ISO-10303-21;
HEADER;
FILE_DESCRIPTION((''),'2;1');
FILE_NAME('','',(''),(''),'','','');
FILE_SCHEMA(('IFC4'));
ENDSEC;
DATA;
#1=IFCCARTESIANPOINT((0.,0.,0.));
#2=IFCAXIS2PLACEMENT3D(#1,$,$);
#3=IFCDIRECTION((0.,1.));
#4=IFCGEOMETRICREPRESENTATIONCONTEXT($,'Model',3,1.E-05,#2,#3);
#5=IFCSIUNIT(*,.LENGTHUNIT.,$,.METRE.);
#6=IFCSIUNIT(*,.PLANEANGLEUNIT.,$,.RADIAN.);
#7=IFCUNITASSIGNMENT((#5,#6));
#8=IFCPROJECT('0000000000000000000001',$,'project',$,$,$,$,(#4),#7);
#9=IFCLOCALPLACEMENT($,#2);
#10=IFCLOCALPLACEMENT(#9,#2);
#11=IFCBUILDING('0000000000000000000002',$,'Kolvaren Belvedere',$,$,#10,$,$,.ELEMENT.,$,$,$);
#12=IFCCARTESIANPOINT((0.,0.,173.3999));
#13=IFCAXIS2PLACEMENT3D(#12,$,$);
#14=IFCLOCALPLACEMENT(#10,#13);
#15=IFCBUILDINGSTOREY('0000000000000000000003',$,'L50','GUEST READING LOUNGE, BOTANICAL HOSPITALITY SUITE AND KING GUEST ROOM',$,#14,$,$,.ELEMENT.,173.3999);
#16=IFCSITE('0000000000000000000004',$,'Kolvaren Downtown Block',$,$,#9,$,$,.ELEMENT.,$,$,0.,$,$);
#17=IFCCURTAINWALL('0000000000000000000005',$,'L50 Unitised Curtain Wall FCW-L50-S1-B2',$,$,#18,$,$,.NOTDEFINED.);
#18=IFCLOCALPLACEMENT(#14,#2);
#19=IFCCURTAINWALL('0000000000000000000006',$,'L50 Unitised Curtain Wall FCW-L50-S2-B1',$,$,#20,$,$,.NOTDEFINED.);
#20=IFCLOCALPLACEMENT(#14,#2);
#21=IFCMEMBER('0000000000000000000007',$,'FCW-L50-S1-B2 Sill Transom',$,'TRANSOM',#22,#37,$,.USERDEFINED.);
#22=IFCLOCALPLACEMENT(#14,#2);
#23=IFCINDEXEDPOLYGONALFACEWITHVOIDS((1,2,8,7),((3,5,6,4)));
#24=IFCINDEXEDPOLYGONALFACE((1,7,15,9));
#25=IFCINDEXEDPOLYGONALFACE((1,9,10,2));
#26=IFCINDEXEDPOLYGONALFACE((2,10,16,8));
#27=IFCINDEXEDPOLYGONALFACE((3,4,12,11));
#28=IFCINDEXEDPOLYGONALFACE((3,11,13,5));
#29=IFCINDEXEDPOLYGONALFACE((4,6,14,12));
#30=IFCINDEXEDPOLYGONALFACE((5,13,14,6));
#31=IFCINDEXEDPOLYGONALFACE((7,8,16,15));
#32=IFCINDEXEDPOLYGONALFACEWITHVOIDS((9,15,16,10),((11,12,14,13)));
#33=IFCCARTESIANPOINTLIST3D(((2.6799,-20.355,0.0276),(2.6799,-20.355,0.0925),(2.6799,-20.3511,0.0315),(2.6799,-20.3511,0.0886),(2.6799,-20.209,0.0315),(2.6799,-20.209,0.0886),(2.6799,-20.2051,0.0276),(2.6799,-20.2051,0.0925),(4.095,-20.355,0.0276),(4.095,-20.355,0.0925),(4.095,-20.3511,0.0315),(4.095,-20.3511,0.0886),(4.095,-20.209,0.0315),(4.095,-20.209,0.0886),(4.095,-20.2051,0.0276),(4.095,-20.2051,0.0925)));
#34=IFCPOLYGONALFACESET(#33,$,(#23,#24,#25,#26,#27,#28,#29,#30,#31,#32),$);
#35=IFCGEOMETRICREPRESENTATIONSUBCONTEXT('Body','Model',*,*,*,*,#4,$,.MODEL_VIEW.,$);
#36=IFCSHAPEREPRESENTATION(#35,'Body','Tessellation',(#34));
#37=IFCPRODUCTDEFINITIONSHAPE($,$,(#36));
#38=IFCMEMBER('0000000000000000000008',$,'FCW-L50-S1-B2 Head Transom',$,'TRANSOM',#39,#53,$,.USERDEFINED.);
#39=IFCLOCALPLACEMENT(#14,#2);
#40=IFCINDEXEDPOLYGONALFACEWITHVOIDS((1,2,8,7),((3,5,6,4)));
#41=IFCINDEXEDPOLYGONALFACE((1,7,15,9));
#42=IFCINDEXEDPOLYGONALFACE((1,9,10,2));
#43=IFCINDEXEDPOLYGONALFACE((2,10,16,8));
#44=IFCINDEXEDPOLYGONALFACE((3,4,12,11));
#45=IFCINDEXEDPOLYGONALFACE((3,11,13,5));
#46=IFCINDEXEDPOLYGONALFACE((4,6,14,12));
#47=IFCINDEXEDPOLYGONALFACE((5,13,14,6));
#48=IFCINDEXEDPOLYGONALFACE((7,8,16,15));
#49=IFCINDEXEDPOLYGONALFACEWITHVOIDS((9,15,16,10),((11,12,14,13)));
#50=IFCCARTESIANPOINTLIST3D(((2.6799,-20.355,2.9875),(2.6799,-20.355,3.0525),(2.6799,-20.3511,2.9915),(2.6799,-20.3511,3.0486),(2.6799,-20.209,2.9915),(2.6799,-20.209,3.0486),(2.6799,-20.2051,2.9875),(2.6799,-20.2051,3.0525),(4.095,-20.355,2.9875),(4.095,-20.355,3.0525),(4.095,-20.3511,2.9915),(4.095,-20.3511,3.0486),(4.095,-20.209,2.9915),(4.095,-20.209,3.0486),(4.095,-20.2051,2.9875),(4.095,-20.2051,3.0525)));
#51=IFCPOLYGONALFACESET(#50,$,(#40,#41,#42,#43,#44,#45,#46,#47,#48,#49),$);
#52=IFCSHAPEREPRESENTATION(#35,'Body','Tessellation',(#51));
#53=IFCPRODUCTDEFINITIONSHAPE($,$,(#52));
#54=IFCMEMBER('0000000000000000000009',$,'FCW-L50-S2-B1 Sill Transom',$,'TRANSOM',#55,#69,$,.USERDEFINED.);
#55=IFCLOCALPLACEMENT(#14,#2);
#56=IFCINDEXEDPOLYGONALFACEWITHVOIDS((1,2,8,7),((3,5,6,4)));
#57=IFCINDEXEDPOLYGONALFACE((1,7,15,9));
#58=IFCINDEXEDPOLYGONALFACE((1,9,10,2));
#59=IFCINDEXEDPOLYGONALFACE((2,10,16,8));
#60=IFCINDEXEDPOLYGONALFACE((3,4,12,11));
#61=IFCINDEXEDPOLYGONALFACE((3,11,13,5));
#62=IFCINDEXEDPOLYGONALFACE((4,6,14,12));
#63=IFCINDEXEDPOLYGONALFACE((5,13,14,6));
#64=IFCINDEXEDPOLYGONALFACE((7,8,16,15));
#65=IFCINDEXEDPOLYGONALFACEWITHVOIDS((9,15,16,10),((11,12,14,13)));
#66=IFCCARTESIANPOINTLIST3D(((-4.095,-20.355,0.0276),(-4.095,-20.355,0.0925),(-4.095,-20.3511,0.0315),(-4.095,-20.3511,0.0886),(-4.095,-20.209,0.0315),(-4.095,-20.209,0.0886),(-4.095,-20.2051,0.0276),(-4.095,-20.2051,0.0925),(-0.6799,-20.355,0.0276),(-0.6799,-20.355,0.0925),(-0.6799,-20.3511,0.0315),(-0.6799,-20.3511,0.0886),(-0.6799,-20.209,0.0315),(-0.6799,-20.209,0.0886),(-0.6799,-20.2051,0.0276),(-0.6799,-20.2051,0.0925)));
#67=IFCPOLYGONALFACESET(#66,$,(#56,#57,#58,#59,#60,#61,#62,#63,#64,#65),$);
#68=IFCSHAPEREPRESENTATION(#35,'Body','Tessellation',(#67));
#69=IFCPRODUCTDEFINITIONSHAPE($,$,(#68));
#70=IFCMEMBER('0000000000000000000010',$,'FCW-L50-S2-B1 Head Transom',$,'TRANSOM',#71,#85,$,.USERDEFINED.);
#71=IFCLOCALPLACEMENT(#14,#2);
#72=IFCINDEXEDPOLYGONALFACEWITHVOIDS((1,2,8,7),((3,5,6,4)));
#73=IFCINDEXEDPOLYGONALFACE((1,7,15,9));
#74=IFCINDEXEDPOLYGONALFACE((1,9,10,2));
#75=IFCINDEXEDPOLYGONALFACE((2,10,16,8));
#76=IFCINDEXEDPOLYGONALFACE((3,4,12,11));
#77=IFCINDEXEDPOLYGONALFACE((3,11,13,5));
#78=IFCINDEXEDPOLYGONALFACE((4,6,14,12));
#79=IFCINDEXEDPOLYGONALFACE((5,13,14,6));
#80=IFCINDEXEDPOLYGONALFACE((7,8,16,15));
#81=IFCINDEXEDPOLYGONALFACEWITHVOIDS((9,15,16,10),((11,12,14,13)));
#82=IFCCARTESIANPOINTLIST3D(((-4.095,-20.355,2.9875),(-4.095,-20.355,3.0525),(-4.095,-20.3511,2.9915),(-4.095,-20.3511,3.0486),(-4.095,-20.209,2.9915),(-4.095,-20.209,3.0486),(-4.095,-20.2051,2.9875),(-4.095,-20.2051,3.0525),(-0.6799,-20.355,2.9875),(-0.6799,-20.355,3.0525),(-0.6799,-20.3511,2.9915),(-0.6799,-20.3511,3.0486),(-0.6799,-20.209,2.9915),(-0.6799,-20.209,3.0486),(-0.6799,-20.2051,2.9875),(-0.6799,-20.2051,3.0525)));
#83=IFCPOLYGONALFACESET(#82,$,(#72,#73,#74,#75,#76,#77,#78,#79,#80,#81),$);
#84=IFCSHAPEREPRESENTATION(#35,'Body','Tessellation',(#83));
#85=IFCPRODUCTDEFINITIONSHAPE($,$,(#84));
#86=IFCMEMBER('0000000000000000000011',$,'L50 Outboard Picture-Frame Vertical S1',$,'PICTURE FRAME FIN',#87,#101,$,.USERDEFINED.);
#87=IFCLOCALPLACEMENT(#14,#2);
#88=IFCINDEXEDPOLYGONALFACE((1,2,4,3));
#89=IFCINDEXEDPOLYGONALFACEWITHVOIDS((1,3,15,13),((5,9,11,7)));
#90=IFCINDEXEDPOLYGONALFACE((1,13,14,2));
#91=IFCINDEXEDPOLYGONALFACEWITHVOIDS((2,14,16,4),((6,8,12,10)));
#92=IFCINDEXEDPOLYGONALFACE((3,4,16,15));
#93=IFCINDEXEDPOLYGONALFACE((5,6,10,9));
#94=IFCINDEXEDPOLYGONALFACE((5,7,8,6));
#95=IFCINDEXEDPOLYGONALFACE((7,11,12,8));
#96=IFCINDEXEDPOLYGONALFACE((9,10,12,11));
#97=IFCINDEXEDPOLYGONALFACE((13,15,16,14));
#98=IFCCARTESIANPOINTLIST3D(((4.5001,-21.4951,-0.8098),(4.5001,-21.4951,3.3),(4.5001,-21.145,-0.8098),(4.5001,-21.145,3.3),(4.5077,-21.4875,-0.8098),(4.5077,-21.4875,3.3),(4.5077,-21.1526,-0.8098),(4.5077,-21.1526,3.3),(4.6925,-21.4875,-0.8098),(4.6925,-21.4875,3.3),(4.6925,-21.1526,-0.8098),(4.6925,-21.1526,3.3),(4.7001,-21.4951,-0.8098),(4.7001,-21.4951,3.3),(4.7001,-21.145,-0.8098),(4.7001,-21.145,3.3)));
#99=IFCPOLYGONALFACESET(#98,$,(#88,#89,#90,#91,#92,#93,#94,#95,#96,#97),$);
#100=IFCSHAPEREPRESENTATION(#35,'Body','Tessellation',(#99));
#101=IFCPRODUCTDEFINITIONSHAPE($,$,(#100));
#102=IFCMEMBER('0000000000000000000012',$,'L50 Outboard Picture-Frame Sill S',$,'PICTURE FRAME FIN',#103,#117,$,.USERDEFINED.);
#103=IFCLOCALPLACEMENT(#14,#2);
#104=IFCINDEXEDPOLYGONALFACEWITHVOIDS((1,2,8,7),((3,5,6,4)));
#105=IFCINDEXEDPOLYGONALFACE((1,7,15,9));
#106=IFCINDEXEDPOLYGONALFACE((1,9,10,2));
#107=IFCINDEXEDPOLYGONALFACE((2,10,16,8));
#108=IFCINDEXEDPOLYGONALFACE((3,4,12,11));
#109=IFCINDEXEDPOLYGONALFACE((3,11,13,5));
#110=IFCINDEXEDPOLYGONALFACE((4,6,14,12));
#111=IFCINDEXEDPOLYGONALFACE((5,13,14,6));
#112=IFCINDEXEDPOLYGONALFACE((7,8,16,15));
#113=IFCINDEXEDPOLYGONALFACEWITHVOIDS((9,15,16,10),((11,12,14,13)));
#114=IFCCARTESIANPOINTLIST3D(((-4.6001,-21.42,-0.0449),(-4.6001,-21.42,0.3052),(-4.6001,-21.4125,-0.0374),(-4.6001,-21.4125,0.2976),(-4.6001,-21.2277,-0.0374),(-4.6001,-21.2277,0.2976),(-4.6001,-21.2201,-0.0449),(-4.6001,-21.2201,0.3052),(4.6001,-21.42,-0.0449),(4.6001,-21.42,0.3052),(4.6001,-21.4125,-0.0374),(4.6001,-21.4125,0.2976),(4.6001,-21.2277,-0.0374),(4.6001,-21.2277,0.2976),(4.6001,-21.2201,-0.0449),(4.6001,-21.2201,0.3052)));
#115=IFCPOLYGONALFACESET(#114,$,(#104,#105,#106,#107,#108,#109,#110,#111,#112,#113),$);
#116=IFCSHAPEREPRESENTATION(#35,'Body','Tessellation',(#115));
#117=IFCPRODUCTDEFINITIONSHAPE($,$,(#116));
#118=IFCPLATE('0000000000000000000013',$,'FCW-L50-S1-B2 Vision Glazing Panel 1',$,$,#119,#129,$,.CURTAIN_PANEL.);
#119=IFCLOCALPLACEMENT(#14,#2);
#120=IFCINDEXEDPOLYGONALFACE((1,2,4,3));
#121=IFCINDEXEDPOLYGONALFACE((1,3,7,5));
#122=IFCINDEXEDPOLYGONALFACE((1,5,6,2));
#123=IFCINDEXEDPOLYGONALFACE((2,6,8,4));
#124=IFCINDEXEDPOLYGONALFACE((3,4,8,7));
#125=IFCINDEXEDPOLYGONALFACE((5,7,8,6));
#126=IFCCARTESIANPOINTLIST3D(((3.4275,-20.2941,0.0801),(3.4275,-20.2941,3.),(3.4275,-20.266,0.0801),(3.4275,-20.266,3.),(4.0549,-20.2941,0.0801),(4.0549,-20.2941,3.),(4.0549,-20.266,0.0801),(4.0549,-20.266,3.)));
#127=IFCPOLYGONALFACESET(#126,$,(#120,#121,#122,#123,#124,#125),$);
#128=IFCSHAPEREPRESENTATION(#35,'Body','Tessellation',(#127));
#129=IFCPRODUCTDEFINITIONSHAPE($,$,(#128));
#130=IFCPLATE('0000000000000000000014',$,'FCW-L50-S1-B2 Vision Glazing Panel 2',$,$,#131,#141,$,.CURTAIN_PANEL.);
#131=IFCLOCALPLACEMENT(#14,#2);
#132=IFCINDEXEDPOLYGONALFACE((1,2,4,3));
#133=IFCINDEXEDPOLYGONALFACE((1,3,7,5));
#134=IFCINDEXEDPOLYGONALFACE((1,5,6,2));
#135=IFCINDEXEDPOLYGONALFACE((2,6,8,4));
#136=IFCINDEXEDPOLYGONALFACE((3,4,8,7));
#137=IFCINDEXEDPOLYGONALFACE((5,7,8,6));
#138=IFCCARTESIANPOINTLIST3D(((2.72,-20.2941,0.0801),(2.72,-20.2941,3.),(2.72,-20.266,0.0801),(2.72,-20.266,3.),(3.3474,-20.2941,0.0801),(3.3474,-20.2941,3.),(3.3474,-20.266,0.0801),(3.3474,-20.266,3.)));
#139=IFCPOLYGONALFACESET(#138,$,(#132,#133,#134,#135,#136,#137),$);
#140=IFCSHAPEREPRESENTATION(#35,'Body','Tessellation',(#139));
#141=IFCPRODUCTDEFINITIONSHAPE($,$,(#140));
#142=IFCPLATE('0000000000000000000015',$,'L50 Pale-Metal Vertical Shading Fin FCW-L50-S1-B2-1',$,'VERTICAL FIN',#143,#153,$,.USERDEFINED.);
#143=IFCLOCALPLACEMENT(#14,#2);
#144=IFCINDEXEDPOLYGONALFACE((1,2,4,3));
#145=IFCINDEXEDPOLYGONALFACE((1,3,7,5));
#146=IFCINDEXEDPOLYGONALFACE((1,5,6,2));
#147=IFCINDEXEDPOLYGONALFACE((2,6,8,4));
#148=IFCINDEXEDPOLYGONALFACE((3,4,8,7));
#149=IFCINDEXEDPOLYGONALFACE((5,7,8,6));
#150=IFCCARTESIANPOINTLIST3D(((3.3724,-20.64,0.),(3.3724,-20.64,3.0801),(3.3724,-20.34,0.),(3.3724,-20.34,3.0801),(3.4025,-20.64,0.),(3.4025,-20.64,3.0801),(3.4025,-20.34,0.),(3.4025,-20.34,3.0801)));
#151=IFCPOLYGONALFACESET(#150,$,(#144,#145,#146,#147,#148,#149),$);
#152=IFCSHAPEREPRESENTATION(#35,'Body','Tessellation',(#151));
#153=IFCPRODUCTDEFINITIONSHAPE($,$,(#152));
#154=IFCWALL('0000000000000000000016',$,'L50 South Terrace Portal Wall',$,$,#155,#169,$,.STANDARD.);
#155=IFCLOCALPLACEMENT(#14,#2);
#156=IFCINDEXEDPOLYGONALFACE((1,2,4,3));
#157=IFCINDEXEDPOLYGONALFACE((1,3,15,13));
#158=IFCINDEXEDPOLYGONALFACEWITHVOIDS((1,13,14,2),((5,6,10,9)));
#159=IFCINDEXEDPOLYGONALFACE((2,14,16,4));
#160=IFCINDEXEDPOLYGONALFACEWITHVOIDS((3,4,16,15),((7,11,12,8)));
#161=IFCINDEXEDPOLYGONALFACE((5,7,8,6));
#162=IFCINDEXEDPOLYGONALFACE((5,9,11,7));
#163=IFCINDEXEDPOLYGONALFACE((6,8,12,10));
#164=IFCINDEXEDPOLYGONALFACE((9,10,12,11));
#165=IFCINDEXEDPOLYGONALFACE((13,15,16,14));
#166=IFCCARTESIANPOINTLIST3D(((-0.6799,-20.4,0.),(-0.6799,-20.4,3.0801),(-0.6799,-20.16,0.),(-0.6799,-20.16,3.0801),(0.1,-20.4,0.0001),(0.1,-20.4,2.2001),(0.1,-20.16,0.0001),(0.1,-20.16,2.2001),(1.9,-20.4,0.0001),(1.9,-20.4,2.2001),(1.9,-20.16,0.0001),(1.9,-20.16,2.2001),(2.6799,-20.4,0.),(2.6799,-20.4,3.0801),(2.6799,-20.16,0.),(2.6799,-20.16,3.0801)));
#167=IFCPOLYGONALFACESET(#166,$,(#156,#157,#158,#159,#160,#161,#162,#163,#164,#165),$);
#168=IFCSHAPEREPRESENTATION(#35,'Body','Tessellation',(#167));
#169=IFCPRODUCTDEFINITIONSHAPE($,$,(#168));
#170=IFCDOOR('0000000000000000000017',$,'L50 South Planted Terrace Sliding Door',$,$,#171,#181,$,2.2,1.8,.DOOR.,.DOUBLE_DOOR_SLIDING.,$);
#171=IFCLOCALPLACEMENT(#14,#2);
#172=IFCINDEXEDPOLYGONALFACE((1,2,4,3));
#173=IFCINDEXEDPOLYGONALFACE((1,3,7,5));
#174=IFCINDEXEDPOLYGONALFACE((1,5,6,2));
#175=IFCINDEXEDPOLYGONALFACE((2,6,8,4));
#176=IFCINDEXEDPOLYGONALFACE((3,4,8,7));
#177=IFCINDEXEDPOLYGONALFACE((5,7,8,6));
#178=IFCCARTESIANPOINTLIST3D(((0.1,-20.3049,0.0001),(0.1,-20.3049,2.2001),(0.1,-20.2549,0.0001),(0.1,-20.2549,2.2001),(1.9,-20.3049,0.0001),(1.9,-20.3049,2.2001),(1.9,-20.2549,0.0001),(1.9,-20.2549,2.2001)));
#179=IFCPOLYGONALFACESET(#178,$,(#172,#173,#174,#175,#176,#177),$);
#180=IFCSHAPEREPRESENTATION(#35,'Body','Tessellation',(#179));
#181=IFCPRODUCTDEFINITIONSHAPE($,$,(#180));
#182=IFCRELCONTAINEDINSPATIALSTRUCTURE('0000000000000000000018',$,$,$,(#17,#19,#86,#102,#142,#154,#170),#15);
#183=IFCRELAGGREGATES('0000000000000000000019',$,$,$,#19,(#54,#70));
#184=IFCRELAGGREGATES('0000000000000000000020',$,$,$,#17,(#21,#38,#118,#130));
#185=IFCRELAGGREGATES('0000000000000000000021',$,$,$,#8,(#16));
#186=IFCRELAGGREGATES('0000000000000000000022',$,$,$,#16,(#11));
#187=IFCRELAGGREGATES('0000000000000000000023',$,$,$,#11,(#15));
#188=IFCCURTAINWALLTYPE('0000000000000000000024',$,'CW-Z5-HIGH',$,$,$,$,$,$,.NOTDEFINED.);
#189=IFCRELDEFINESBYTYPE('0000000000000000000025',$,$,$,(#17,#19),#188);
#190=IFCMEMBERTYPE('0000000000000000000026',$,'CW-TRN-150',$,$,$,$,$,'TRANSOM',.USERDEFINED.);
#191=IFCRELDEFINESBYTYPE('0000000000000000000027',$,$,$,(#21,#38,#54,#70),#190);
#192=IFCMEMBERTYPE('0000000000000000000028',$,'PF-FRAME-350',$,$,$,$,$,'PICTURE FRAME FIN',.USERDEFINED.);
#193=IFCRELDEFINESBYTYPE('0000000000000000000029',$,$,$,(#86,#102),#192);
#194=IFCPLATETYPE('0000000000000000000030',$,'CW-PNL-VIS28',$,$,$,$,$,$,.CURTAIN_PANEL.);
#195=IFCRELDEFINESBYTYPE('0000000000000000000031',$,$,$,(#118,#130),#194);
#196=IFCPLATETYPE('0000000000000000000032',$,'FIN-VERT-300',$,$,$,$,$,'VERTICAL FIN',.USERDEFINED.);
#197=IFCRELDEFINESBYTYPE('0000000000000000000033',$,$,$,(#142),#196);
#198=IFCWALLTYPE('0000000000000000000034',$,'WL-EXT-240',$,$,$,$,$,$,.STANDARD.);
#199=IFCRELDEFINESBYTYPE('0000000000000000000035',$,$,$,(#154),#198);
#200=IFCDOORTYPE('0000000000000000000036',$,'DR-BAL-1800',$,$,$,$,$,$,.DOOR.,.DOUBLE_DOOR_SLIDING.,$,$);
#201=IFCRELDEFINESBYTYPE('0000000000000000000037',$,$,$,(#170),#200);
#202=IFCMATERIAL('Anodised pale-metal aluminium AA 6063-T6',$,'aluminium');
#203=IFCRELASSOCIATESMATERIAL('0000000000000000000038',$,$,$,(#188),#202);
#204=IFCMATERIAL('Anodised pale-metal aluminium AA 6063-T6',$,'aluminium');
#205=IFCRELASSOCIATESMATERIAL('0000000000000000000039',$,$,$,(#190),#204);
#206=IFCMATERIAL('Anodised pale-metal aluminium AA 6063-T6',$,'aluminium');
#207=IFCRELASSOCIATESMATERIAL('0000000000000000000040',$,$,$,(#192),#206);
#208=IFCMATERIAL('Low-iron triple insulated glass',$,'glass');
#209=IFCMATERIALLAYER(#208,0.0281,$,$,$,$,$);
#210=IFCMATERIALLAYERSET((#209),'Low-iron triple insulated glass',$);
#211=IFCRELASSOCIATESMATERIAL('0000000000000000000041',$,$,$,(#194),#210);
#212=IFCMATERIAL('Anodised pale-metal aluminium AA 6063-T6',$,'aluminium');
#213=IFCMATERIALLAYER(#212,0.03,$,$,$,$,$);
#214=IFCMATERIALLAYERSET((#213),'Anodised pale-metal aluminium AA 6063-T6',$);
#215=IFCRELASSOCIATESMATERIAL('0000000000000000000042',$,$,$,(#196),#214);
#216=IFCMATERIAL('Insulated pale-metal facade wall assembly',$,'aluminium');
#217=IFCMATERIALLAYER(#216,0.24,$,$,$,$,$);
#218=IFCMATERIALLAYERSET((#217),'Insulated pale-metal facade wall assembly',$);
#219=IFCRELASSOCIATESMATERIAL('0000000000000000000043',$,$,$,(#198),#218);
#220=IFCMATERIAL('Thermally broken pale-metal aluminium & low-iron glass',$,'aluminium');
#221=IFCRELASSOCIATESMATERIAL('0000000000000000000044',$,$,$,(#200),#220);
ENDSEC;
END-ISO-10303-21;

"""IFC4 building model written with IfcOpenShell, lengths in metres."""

from ifc_helpers import new_model, si_unit, direction, frame, frame_2d, origin, origin_2d, place, context, subcontext, project, spatial, rectangle, hollow_rectangle, extrude, material, layer, layer_set, material_profile, profile_set, type_object, element, fill, aggregate, save


model = new_model("IFC4")

# Units and contexts
model_context = context("Model", 3, precision=1e-05, world=origin(), true_north=direction((0.0, 1.0)))
body_context = subcontext(model_context, "Body", "Model", "MODEL_VIEW")
ifc_project = project(units=[si_unit("LENGTHUNIT", "METRE"), si_unit("PLANEANGLEUNIT", "RADIAN")], contexts=[model_context])

# Site, building, storey
site_placement = place(None, origin())
site = spatial("IfcSite", under=ifc_project, at=site_placement, Name="Kolvaren Downtown Block", CompositionType="ELEMENT", RefElevation=0.0)
building_placement = place(site_placement, origin())
building = spatial("IfcBuilding", under=site, at=building_placement, Name="Kolvaren Belvedere", CompositionType="ELEMENT")
storey_placement = place(building_placement, frame((0.0, 0.0, 173.3999)))
storey = spatial("IfcBuildingStorey", under=building, at=storey_placement, Name="L50", Description="GUEST READING LOUNGE, BOTANICAL HOSPITALITY SUITE AND KING GUEST ROOM", CompositionType="ELEMENT", Elevation=173.3999)

# Curtain wall
ifc_material_1 = material(Name="Anodised pale-metal aluminium AA 6063-T6", Category="aluminium")
curtain_wall_type = type_object("IfcCurtainWallType", Name="CW-Z5-HIGH", PredefinedType="NOTDEFINED", material=ifc_material_1)
curtain_wall_1_placement = place(storey_placement, origin())
curtain_wall_1 = element("IfcCurtainWall", 1, at=curtain_wall_1_placement, inside=storey, type_object=curtain_wall_type, Name="L50 Unitised Curtain Wall FCW-L50-S1-B2", PredefinedType="NOTDEFINED")

# Curtain wall
curtain_wall_2_placement = place(storey_placement, origin())
curtain_wall_2 = element("IfcCurtainWall", 2, at=curtain_wall_2_placement, inside=storey, type_object=curtain_wall_type, Name="L50 Unitised Curtain Wall FCW-L50-S2-B1", PredefinedType="NOTDEFINED")

# Members
ifc_material_2 = material(Name="Anodised pale-metal aluminium AA 6063-T6", Category="aluminium")
ifc_material_profile_1 = material_profile(ifc_material_2, hollow_rectangle(XDim=0.0649, YDim=0.1499, WallThickness=0.0039, at=origin_2d()), Name="ALU-TRN-150X65")
ifc_profile_set_1 = profile_set([ifc_material_profile_1], Name="Anodised pale-metal aluminium AA 6063-T6")
member_type_1 = type_object("IfcMemberType", Name="CW-TRN-150", ElementType="TRANSOM", PredefinedType="USERDEFINED", material=ifc_profile_set_1)
member_1_placement = place(storey_placement, frame((4.095, -20.28, 0.0601), z_axis=(-1.0, 0.0, 0.0), x_axis=(0.0, 0.0, 1.0)))
member_1 = element("IfcMember", 3, at=member_1_placement, type_object=member_type_1, Name="FCW-L50-S1-B2 Sill Transom", ObjectType="TRANSOM", PredefinedType="USERDEFINED", context=body_context, shape_type="SweptSolid", body=[
    extrude(hollow_rectangle(XDim=0.0649, YDim=0.1499, WallThickness=0.0039, at=origin_2d()), origin(), (0.0, 0.0, 1.0), 1.415),
])
member_2_placement = place(storey_placement, frame((4.095, -20.28, 3.02), z_axis=(-1.0, 0.0, 0.0), x_axis=(0.0, 0.0, 1.0)))
member_2 = element("IfcMember", 4, at=member_2_placement, type_object=member_type_1, Name="FCW-L50-S1-B2 Head Transom", ObjectType="TRANSOM", PredefinedType="USERDEFINED", context=body_context, shape_type="SweptSolid", body=[
    extrude(hollow_rectangle(XDim=0.0649, YDim=0.1499, WallThickness=0.0039, at=origin_2d()), origin(), (0.0, 0.0, 1.0), 1.415),
])
member_3_placement = place(storey_placement, frame((-0.6799, -20.28, 0.0601), z_axis=(-1.0, 0.0, 0.0), x_axis=(0.0, 0.0, 1.0)))
member_3 = element("IfcMember", 5, at=member_3_placement, type_object=member_type_1, Name="FCW-L50-S2-B1 Sill Transom", ObjectType="TRANSOM", PredefinedType="USERDEFINED", context=body_context, shape_type="SweptSolid", body=[
    extrude(hollow_rectangle(XDim=0.0649, YDim=0.1499, WallThickness=0.0039, at=origin_2d()), origin(), (0.0, 0.0, 1.0), 3.415),
])
member_4_placement = place(storey_placement, frame((-0.6799, -20.28, 3.02), z_axis=(-1.0, 0.0, 0.0), x_axis=(0.0, 0.0, 1.0)))
member_4 = element("IfcMember", 6, at=member_4_placement, type_object=member_type_1, Name="FCW-L50-S2-B1 Head Transom", ObjectType="TRANSOM", PredefinedType="USERDEFINED", context=body_context, shape_type="SweptSolid", body=[
    extrude(hollow_rectangle(XDim=0.0649, YDim=0.1499, WallThickness=0.0039, at=origin_2d()), origin(), (0.0, 0.0, 1.0), 3.415),
])
aggregate(curtain_wall_2, [member_3, member_4])

# Members
ifc_material_3 = material(Name="Anodised pale-metal aluminium AA 6063-T6", Category="aluminium")
ifc_material_profile_2 = material_profile(ifc_material_3, hollow_rectangle(XDim=0.2, YDim=0.3501, WallThickness=0.0076, at=origin_2d()), Name="ALU-PF-350X200")
ifc_profile_set_2 = profile_set([ifc_material_profile_2], Name="Anodised pale-metal aluminium AA 6063-T6")
member_type_2 = type_object("IfcMemberType", Name="PF-FRAME-350", ElementType="PICTURE FRAME FIN", PredefinedType="USERDEFINED", material=ifc_profile_set_2)
member_5_placement = place(storey_placement, frame((4.6001, -21.3201, -0.8098), z_axis=(0.0, 0.0, 1.0), x_axis=(1.0, 0.0, 0.0)))
element("IfcMember", 7, at=member_5_placement, inside=storey, type_object=member_type_2, Name="L50 Outboard Picture-Frame Vertical S1", ObjectType="PICTURE FRAME FIN", PredefinedType="USERDEFINED", context=body_context, shape_type="SweptSolid", body=[
    extrude(hollow_rectangle(XDim=0.2, YDim=0.3501, WallThickness=0.0076, at=origin_2d()), origin(), (0.0, 0.0, 1.0), 4.1099),
])
member_6_placement = place(storey_placement, frame((4.6001, -21.3201, 0.1301), z_axis=(-1.0, 0.0, 0.0), x_axis=(0.0, -1.0, 0.0)))
element("IfcMember", 8, at=member_6_placement, inside=storey, type_object=member_type_2, Name="L50 Outboard Picture-Frame Sill S", ObjectType="PICTURE FRAME FIN", PredefinedType="USERDEFINED", context=body_context, shape_type="SweptSolid", body=[
    extrude(hollow_rectangle(XDim=0.2, YDim=0.3501, WallThickness=0.0076, at=origin_2d()), origin(), (0.0, 0.0, 1.0), 9.2002),
])

# Plates
ifc_material_4 = material(Name="Low-iron triple insulated glass", Category="glass")
ifc_layer_1 = layer(ifc_material_4, 0.0281)
ifc_layer_set_1 = layer_set([ifc_layer_1], Name="Low-iron triple insulated glass")
plate_type_1 = type_object("IfcPlateType", Name="CW-PNL-VIS28", PredefinedType="CURTAIN_PANEL", material=ifc_layer_set_1)
plate_1_placement = place(storey_placement, frame((3.7412, -20.28, 0.0801), z_axis=(0.0, 0.0, 1.0), x_axis=(-1.0, 0.0, 0.0)))
plate_1 = element("IfcPlate", 9, at=plate_1_placement, type_object=plate_type_1, Name="FCW-L50-S1-B2 Vision Glazing Panel 1", PredefinedType="CURTAIN_PANEL", context=body_context, shape_type="SweptSolid", body=[
    extrude(rectangle(XDim=0.6274, YDim=0.0281, at=origin_2d()), origin(), (0.0, 0.0, 1.0), 2.9199),
])
plate_2_placement = place(storey_placement, frame((3.0337, -20.28, 0.0801), z_axis=(0.0, 0.0, 1.0), x_axis=(-1.0, 0.0, 0.0)))
plate_2 = element("IfcPlate", 10, at=plate_2_placement, type_object=plate_type_1, Name="FCW-L50-S1-B2 Vision Glazing Panel 2", PredefinedType="CURTAIN_PANEL", context=body_context, shape_type="SweptSolid", body=[
    extrude(rectangle(XDim=0.6274, YDim=0.0281, at=origin_2d()), origin(), (0.0, 0.0, 1.0), 2.9199),
])
aggregate(curtain_wall_1, [member_1, member_2, plate_1, plate_2])
ifc_material_5 = material(Name="Anodised pale-metal aluminium AA 6063-T6", Category="aluminium")
ifc_layer_2 = layer(ifc_material_5, 0.03)
ifc_layer_set_2 = layer_set([ifc_layer_2], Name="Anodised pale-metal aluminium AA 6063-T6")
plate_type_2 = type_object("IfcPlateType", Name="FIN-VERT-300", ElementType="VERTICAL FIN", PredefinedType="USERDEFINED", material=ifc_layer_set_2)
plate_3_placement = place(storey_placement, frame((3.3875, -20.49, 0.0), z_axis=(0.0, 0.0, 1.0), x_axis=(0.0, 1.0, 0.0)))
element("IfcPlate", 11, at=plate_3_placement, inside=storey, type_object=plate_type_2, Name="L50 Pale-Metal Vertical Shading Fin FCW-L50-S1-B2-1", ObjectType="VERTICAL FIN", PredefinedType="USERDEFINED", context=body_context, shape_type="SweptSolid", body=[
    extrude(rectangle(XDim=0.3, YDim=0.03, at=origin_2d()), origin(), (0.0, 0.0, 1.0), 3.0801),
])

# Wall, opening, door
ifc_material_6 = material(Name="Insulated pale-metal facade wall assembly", Category="aluminium")
ifc_layer_3 = layer(ifc_material_6, 0.24)
ifc_layer_set_3 = layer_set([ifc_layer_3], Name="Insulated pale-metal facade wall assembly")
wall_type_1 = type_object("IfcWallType", Name="WL-EXT-240", PredefinedType="STANDARD", material=ifc_layer_set_3)
wall_1_placement = place(storey_placement, frame((2.6799, -20.28, 0.0), z_axis=(0.0, 0.0, 1.0), x_axis=(-1.0, 0.0, 0.0)))
wall_1 = element("IfcWall", 12, at=wall_1_placement, inside=storey, type_object=wall_type_1, Name="L50 South Terrace Portal Wall", PredefinedType="STANDARD", context=body_context, shape_type="SweptSolid", body=[
    extrude(rectangle(XDim=3.3599, YDim=0.24, at=frame_2d((1.6799, 0.0))), origin(), (0.0, 0.0, 1.0), 3.0801),
])
opening_placement = place(wall_1_placement, frame((0.78, 0.0, 0.0)))
opening = element("IfcOpeningElement", 13, at=opening_placement, cuts=wall_1, PredefinedType="OPENING", context=body_context, shape_type="SweptSolid", body=[
    extrude(rectangle(XDim=1.8, YDim=2.2, at=frame_2d((0.8999, 1.1001))), frame((0.0, 0.1299, 0.0), z_axis=(0.0, -1.0, 0.0), x_axis=(1.0, 0.0, 0.0)), (0.0, 0.0, 1.0), 0.26),
])
ifc_material_7 = material(Name="Thermally broken pale-metal aluminium & low-iron glass", Category="aluminium")
door_type = type_object("IfcDoorType", Name="DR-BAL-1800", OperationType="DOUBLE_DOOR_SLIDING", PredefinedType="DOOR", material=ifc_material_7)
door_placement = place(opening_placement, origin())
door = element("IfcDoor", 14, at=door_placement, inside=storey, type_object=door_type, Name="L50 South Planted Terrace Sliding Door", OperationType="DOUBLE_DOOR_SLIDING", OverallHeight=2.2, OverallWidth=1.8, PredefinedType="DOOR", context=body_context, shape_type="SweptSolid", body=[
    extrude(rectangle(XDim=1.8, YDim=2.2, at=frame_2d((0.8999, 1.1001))), frame((0.0, 0.0249, 0.0), z_axis=(0.0, -1.0, 0.0), x_axis=(1.0, 0.0, 0.0)), (0.0, 0.0, 1.0), 0.05),
])
fill(opening, door)

save(model, "model.ifc")
